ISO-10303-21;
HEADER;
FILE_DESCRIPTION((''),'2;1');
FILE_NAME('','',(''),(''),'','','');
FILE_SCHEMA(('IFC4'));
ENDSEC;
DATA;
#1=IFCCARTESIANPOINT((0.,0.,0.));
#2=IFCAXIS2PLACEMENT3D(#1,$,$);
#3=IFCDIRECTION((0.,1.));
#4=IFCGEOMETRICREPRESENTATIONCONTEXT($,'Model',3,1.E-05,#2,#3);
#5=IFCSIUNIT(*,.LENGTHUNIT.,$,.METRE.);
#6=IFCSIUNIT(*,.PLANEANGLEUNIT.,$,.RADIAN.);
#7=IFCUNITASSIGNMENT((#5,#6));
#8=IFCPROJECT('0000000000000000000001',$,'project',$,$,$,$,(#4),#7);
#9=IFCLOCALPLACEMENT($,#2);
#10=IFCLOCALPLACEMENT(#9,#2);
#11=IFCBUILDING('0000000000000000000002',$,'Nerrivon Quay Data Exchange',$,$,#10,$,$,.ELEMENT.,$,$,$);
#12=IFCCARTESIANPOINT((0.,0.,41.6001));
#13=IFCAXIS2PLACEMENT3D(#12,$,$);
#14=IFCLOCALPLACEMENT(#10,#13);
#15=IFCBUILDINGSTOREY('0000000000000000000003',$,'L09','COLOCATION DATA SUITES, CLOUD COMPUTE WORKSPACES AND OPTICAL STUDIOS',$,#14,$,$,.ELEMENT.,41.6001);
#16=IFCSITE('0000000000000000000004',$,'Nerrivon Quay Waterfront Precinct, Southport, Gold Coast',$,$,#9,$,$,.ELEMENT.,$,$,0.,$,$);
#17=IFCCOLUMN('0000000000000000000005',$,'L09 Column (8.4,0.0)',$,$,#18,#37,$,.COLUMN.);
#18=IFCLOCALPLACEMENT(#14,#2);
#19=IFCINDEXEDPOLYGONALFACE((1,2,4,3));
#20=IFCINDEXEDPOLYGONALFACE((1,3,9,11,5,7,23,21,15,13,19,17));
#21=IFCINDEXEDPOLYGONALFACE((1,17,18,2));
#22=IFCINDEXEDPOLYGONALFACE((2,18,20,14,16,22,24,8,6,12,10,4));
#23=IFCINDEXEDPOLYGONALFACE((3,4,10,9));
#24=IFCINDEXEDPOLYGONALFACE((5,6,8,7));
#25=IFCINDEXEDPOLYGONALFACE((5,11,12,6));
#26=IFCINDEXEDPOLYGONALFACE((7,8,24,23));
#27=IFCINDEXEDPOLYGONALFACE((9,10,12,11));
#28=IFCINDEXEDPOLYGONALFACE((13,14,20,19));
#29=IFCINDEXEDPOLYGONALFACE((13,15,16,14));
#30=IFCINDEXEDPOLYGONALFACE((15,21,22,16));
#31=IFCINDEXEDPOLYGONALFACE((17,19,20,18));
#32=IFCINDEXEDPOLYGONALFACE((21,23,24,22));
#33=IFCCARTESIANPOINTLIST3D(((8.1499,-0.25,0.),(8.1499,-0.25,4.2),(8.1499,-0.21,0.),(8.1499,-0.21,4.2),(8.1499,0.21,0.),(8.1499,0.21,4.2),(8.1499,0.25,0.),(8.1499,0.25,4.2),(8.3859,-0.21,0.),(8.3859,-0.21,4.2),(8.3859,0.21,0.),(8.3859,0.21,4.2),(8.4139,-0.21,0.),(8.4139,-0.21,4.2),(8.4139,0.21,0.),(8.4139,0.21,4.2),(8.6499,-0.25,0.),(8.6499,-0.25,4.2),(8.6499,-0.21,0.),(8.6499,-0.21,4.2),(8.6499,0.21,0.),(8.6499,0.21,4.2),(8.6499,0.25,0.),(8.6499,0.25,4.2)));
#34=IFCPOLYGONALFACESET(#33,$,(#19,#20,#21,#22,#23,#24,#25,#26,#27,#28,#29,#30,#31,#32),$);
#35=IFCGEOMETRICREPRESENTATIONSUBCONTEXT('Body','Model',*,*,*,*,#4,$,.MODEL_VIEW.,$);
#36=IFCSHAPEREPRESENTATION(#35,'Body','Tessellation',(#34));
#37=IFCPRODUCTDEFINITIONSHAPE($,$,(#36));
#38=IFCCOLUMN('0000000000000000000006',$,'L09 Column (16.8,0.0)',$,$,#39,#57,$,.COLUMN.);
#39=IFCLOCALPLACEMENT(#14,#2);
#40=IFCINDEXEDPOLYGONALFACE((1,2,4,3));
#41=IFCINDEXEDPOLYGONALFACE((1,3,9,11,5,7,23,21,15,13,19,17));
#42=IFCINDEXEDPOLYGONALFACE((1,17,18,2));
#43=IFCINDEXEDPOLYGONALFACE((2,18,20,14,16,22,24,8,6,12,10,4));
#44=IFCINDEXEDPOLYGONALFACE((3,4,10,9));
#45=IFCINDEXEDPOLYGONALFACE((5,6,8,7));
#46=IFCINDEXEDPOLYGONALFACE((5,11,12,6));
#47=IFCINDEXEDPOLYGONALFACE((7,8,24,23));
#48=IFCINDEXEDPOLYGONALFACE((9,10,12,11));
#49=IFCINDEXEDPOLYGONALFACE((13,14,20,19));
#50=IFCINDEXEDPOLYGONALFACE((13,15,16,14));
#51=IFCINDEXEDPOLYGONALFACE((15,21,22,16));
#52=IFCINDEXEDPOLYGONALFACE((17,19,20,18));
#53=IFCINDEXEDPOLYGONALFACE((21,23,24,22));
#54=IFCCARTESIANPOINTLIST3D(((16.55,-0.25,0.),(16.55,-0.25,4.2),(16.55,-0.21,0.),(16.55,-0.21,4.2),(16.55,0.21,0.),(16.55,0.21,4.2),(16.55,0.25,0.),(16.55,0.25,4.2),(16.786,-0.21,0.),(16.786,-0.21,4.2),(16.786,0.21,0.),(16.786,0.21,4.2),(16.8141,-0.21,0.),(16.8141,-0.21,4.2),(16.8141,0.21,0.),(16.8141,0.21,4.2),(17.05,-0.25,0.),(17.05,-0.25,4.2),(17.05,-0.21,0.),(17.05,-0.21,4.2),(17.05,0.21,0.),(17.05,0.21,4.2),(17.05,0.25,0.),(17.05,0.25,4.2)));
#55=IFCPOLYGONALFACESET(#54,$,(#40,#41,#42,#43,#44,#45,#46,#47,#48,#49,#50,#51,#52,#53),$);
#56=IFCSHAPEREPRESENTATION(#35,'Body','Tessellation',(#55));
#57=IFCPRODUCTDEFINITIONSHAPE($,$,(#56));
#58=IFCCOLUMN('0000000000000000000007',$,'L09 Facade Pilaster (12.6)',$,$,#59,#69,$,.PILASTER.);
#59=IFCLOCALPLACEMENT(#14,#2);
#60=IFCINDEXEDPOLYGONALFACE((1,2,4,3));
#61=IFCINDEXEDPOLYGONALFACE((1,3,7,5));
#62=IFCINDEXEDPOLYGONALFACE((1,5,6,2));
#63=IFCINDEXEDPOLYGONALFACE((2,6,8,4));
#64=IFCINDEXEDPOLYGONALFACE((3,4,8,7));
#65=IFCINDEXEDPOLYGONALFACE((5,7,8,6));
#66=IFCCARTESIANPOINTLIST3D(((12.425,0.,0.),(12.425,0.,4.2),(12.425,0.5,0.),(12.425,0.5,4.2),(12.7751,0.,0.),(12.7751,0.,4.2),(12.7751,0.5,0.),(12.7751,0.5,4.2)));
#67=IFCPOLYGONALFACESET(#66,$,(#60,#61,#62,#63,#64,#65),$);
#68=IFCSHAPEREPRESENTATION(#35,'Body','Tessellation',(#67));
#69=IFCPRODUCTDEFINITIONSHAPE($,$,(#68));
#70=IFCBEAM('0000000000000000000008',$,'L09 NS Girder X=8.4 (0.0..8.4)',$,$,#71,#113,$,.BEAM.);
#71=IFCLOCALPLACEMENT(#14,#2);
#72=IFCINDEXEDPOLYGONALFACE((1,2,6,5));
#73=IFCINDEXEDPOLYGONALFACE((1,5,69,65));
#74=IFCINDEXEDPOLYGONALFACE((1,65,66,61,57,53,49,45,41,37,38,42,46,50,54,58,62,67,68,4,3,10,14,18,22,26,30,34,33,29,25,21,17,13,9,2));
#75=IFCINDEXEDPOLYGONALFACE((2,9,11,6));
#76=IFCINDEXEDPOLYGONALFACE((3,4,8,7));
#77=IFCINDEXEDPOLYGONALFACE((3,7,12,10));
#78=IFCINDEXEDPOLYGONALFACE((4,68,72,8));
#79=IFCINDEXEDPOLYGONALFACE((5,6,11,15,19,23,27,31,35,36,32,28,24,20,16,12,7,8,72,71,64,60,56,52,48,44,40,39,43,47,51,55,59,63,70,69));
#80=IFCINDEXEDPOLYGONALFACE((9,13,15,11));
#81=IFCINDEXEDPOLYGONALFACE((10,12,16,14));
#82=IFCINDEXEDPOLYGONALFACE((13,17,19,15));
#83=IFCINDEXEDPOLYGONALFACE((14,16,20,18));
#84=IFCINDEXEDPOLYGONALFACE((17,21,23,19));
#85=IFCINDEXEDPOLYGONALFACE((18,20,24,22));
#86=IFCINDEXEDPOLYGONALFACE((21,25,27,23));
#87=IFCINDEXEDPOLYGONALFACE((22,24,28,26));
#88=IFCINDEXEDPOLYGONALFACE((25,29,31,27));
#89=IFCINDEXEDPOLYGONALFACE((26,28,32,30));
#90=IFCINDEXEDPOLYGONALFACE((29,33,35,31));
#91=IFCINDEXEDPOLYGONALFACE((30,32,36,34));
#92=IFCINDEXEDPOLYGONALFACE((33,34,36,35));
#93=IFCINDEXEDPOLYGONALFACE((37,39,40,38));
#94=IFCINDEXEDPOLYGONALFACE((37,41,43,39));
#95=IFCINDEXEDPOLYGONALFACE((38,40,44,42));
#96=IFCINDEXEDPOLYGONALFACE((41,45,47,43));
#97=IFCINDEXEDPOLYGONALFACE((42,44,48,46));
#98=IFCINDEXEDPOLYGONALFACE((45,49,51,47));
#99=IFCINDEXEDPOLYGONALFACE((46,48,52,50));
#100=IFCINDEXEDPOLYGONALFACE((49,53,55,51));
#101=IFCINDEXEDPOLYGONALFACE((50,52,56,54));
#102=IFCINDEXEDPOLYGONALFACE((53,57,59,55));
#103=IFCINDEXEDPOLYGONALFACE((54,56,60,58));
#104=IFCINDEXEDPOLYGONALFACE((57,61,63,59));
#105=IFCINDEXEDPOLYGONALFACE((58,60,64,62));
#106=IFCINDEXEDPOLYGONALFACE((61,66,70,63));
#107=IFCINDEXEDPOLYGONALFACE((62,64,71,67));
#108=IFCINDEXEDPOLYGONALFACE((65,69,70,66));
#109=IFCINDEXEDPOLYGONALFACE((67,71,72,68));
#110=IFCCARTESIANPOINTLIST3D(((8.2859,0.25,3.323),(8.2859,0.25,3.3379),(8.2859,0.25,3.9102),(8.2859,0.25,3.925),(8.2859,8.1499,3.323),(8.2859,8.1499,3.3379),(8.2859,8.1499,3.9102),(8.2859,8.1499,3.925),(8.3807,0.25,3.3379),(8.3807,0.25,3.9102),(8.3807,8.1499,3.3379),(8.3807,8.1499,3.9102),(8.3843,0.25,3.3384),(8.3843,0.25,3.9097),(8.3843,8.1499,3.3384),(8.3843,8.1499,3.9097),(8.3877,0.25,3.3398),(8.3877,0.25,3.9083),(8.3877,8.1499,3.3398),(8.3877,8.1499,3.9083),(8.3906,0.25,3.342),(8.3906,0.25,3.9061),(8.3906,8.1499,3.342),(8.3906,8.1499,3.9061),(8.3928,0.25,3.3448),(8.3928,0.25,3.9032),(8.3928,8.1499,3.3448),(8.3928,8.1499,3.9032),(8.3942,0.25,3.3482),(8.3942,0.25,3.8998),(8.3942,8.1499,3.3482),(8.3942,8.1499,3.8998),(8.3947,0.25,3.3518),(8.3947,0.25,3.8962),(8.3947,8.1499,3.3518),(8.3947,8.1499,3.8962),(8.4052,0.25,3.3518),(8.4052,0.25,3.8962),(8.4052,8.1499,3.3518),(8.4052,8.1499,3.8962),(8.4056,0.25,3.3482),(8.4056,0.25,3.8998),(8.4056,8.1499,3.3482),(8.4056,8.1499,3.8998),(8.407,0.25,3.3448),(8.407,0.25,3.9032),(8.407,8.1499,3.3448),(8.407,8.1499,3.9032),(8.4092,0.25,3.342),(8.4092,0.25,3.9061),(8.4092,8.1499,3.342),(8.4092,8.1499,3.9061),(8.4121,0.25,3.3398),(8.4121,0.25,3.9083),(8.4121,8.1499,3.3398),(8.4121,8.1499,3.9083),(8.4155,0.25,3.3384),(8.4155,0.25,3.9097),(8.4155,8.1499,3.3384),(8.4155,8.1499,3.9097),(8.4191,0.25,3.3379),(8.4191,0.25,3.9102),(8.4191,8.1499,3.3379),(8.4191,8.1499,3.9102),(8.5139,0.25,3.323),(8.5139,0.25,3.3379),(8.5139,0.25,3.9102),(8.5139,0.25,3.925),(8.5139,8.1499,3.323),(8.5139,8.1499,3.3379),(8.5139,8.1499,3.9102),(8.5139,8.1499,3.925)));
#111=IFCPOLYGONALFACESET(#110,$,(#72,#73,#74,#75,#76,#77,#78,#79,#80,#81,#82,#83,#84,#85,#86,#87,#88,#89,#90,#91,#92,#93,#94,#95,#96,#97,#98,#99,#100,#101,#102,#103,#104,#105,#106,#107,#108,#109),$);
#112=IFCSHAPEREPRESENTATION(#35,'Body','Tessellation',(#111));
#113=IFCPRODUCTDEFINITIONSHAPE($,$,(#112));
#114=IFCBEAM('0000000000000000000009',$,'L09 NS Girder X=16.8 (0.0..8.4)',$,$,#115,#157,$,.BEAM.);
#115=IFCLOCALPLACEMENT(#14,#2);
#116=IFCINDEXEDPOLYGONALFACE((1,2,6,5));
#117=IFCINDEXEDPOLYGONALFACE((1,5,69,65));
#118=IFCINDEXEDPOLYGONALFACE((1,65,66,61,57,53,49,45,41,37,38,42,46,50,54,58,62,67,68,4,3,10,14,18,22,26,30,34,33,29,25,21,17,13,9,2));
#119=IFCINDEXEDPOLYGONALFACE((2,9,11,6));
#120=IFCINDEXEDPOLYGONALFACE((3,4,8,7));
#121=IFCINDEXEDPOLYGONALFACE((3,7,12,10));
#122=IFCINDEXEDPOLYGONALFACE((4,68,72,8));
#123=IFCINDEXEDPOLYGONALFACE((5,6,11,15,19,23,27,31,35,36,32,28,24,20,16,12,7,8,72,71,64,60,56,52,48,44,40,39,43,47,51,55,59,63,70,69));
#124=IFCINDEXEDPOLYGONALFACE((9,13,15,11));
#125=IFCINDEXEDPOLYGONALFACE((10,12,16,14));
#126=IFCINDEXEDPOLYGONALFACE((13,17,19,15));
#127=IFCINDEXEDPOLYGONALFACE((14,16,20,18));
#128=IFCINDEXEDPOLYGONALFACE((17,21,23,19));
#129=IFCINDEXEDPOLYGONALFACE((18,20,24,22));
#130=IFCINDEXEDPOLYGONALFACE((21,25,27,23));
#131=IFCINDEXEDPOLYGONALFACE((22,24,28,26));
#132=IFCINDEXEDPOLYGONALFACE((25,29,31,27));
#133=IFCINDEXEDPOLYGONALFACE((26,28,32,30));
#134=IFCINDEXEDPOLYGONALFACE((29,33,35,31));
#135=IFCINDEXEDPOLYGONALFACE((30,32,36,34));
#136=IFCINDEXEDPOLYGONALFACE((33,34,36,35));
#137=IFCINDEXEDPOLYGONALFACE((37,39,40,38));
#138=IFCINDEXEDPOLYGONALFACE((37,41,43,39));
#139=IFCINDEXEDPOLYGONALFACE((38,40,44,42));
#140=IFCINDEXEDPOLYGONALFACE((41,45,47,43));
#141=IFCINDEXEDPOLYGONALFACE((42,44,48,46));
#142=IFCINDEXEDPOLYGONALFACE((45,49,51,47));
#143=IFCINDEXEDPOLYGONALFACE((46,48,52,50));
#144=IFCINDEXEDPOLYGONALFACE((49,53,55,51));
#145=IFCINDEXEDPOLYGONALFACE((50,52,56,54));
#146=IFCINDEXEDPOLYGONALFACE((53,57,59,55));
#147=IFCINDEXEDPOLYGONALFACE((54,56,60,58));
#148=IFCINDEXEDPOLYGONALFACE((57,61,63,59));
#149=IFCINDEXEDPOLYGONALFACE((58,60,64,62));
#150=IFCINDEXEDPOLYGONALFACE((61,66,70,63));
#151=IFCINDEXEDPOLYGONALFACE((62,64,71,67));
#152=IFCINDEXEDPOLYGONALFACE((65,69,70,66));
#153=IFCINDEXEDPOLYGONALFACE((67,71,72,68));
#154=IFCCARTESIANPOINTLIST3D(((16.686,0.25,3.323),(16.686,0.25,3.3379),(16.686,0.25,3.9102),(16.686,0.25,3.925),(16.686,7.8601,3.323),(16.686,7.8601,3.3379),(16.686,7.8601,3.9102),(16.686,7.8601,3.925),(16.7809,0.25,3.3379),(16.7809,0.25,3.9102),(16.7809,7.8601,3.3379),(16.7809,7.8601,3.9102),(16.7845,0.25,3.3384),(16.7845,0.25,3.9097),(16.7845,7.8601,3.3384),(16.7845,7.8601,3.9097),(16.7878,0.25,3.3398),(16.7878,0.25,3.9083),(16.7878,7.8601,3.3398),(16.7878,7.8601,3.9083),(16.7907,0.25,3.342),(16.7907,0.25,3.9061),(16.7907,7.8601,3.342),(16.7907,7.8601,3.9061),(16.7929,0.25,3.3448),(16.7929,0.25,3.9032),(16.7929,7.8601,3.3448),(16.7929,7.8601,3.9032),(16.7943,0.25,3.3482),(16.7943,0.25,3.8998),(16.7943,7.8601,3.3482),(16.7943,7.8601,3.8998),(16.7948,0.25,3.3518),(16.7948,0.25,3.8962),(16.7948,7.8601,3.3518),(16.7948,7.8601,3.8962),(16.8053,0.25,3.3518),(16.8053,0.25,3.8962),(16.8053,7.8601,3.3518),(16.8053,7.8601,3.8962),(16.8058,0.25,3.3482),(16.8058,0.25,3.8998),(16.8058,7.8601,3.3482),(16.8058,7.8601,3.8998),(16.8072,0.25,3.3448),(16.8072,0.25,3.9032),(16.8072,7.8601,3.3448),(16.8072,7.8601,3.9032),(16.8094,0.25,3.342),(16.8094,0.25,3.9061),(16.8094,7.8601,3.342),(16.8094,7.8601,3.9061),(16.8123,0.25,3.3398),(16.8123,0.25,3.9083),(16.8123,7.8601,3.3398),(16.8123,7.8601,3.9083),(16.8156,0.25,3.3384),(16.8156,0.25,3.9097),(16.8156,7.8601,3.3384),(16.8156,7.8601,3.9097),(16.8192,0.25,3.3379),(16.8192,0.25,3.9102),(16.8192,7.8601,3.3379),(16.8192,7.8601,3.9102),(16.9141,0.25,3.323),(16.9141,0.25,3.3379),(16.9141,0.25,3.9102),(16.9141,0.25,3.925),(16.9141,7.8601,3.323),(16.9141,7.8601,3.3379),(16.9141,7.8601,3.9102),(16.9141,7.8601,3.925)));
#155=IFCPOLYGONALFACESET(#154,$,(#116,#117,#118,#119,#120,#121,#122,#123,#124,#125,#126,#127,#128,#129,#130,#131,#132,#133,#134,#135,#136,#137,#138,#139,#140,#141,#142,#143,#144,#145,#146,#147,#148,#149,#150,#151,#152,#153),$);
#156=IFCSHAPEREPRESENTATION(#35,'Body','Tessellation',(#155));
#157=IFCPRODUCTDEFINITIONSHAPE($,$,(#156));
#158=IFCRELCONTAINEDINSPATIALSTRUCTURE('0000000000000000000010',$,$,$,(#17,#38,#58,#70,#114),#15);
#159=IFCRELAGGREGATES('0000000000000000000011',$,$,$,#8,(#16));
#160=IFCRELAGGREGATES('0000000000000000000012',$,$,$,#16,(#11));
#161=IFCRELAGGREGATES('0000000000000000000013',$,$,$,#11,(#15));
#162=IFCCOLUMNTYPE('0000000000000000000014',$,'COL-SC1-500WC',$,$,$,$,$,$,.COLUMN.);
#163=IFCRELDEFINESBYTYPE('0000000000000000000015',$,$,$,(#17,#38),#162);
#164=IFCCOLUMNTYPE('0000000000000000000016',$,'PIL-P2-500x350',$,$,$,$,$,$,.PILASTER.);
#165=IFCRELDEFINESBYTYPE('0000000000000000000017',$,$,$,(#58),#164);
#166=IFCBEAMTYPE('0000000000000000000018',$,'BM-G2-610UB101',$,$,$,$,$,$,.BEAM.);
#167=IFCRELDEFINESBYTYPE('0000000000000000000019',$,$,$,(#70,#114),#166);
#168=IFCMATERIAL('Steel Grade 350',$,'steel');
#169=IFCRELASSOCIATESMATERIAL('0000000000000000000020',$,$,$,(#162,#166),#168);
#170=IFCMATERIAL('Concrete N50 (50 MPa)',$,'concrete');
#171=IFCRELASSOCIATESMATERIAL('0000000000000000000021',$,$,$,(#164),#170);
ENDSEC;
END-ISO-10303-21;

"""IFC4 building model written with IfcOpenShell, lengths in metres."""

from ifc_helpers import new_model, si_unit, direction, frame, origin, origin_2d, place, context, subcontext, project, spatial, rectangle, i_section, extrude, material, material_profile, profile_set, type_object, element, save


model = new_model("IFC4")

# Units and contexts
model_context = context("Model", 3, precision=1e-05, world=origin(), true_north=direction((0.0, 1.0)))
body_context = subcontext(model_context, "Body", "Model", "MODEL_VIEW")
ifc_project = project(units=[si_unit("LENGTHUNIT", "METRE"), si_unit("PLANEANGLEUNIT", "RADIAN")], contexts=[model_context])

# Site, building, storey
site_placement = place(None, origin())
site = spatial("IfcSite", under=ifc_project, at=site_placement, Name="Nerrivon Quay Waterfront Precinct, Southport, Gold Coast", CompositionType="ELEMENT", RefElevation=0.0)
building_placement = place(site_placement, origin())
building = spatial("IfcBuilding", under=site, at=building_placement, Name="Nerrivon Quay Data Exchange", CompositionType="ELEMENT")
storey_placement = place(building_placement, frame((0.0, 0.0, 41.6001)))
storey = spatial("IfcBuildingStorey", under=building, at=storey_placement, Name="L09", Description="COLOCATION DATA SUITES, CLOUD COMPUTE WORKSPACES AND OPTICAL STUDIOS", CompositionType="ELEMENT", Elevation=41.6001)

# Columns
ifc_material_1 = material(Name="Steel Grade 350", Category="steel")
ifc_material_profile_1 = material_profile(ifc_material_1, i_section(OverallWidth=0.5, OverallDepth=0.5, WebThickness=0.0281, FlangeThickness=0.04, at=origin_2d()), Name="500WC440")
ifc_profile_set_1 = profile_set([ifc_material_profile_1], Name="Steel Grade 350")
column_type_1 = type_object("IfcColumnType", Name="COL-SC1-500WC", PredefinedType="COLUMN", material=ifc_profile_set_1)
for number, where, z_axis, x_axis, name in (
    (1, (8.3999, 0.0, 0.0), (0.0, 0.0, 1.0), (1.0, 0.0, 0.0), "L09 Column (8.4,0.0)"),
    (2, (16.8, 0.0, 0.0), (0.0, 0.0, 1.0), (1.0, 0.0, 0.0), "L09 Column (16.8,0.0)"),
):
    element("IfcColumn", number, at=place(storey_placement, frame(where, z_axis=z_axis, x_axis=x_axis)), inside=storey, type_object=column_type_1, Name=name, PredefinedType="COLUMN", context=body_context, shape_type="SweptSolid", body=[
        extrude(i_section(OverallWidth=0.5, OverallDepth=0.5, WebThickness=0.0281, FlangeThickness=0.04, at=origin_2d()), origin(), (0.0, 0.0, 1.0), 4.2),
    ])
ifc_material_2 = material(Name="Concrete N50 (50 MPa)", Category="concrete")
ifc_material_profile_2 = material_profile(ifc_material_2, rectangle(XDim=0.3501, YDim=0.5, at=origin_2d()), Name="RC-PIL-500x350")
ifc_profile_set_2 = profile_set([ifc_material_profile_2], Name="Concrete N50 (50 MPa)")
column_type_2 = type_object("IfcColumnType", Name="PIL-P2-500x350", PredefinedType="PILASTER", material=ifc_profile_set_2)
column_placement = place(storey_placement, frame((12.6001, 0.25, 0.0), z_axis=(0.0, 0.0, 1.0), x_axis=(1.0, 0.0, 0.0)))
element("IfcColumn", 3, at=column_placement, inside=storey, type_object=column_type_2, Name="L09 Facade Pilaster (12.6)", PredefinedType="PILASTER", context=body_context, shape_type="SweptSolid", body=[
    extrude(rectangle(XDim=0.3501, YDim=0.5, at=origin_2d()), origin(), (0.0, 0.0, 1.0), 4.2),
])

# Beams
ifc_material_profile_3 = material_profile(ifc_material_1, i_section(OverallWidth=0.228, OverallDepth=0.6021, WebThickness=0.0105, FlangeThickness=0.0149, FilletRadius=0.0139, at=origin_2d()), Name="610UB101")
ifc_profile_set_3 = profile_set([ifc_material_profile_3], Name="Steel Grade 350")
beam_type_1 = type_object("IfcBeamType", Name="BM-G2-610UB101", PredefinedType="BEAM", material=ifc_profile_set_3)
beam_1_placement = place(storey_placement, frame((8.3999, 0.25, 3.624), z_axis=(0.0, 1.0, 0.0), x_axis=(-1.0, 0.0, 0.0)))
element("IfcBeam", 4, at=beam_1_placement, inside=storey, type_object=beam_type_1, Name="L09 NS Girder X=8.4 (0.0..8.4)", PredefinedType="BEAM", context=body_context, shape_type="SweptSolid", body=[
    extrude(i_section(OverallWidth=0.228, OverallDepth=0.6021, WebThickness=0.0105, FlangeThickness=0.0149, FilletRadius=0.0139, at=origin_2d()), origin(), (0.0, 0.0, 1.0), 7.8999),
])
beam_2_placement = place(storey_placement, frame((16.8, 0.25, 3.624), z_axis=(0.0, 1.0, 0.0), x_axis=(-1.0, 0.0, 0.0)))
element("IfcBeam", 5, at=beam_2_placement, inside=storey, type_object=beam_type_1, Name="L09 NS Girder X=16.8 (0.0..8.4)", PredefinedType="BEAM", context=body_context, shape_type="SweptSolid", body=[
    extrude(i_section(OverallWidth=0.228, OverallDepth=0.6021, WebThickness=0.0105, FlangeThickness=0.0149, FilletRadius=0.0139, at=origin_2d()), origin(), (0.0, 0.0, 1.0), 7.6101),
])

save(model, "model.ifc")
